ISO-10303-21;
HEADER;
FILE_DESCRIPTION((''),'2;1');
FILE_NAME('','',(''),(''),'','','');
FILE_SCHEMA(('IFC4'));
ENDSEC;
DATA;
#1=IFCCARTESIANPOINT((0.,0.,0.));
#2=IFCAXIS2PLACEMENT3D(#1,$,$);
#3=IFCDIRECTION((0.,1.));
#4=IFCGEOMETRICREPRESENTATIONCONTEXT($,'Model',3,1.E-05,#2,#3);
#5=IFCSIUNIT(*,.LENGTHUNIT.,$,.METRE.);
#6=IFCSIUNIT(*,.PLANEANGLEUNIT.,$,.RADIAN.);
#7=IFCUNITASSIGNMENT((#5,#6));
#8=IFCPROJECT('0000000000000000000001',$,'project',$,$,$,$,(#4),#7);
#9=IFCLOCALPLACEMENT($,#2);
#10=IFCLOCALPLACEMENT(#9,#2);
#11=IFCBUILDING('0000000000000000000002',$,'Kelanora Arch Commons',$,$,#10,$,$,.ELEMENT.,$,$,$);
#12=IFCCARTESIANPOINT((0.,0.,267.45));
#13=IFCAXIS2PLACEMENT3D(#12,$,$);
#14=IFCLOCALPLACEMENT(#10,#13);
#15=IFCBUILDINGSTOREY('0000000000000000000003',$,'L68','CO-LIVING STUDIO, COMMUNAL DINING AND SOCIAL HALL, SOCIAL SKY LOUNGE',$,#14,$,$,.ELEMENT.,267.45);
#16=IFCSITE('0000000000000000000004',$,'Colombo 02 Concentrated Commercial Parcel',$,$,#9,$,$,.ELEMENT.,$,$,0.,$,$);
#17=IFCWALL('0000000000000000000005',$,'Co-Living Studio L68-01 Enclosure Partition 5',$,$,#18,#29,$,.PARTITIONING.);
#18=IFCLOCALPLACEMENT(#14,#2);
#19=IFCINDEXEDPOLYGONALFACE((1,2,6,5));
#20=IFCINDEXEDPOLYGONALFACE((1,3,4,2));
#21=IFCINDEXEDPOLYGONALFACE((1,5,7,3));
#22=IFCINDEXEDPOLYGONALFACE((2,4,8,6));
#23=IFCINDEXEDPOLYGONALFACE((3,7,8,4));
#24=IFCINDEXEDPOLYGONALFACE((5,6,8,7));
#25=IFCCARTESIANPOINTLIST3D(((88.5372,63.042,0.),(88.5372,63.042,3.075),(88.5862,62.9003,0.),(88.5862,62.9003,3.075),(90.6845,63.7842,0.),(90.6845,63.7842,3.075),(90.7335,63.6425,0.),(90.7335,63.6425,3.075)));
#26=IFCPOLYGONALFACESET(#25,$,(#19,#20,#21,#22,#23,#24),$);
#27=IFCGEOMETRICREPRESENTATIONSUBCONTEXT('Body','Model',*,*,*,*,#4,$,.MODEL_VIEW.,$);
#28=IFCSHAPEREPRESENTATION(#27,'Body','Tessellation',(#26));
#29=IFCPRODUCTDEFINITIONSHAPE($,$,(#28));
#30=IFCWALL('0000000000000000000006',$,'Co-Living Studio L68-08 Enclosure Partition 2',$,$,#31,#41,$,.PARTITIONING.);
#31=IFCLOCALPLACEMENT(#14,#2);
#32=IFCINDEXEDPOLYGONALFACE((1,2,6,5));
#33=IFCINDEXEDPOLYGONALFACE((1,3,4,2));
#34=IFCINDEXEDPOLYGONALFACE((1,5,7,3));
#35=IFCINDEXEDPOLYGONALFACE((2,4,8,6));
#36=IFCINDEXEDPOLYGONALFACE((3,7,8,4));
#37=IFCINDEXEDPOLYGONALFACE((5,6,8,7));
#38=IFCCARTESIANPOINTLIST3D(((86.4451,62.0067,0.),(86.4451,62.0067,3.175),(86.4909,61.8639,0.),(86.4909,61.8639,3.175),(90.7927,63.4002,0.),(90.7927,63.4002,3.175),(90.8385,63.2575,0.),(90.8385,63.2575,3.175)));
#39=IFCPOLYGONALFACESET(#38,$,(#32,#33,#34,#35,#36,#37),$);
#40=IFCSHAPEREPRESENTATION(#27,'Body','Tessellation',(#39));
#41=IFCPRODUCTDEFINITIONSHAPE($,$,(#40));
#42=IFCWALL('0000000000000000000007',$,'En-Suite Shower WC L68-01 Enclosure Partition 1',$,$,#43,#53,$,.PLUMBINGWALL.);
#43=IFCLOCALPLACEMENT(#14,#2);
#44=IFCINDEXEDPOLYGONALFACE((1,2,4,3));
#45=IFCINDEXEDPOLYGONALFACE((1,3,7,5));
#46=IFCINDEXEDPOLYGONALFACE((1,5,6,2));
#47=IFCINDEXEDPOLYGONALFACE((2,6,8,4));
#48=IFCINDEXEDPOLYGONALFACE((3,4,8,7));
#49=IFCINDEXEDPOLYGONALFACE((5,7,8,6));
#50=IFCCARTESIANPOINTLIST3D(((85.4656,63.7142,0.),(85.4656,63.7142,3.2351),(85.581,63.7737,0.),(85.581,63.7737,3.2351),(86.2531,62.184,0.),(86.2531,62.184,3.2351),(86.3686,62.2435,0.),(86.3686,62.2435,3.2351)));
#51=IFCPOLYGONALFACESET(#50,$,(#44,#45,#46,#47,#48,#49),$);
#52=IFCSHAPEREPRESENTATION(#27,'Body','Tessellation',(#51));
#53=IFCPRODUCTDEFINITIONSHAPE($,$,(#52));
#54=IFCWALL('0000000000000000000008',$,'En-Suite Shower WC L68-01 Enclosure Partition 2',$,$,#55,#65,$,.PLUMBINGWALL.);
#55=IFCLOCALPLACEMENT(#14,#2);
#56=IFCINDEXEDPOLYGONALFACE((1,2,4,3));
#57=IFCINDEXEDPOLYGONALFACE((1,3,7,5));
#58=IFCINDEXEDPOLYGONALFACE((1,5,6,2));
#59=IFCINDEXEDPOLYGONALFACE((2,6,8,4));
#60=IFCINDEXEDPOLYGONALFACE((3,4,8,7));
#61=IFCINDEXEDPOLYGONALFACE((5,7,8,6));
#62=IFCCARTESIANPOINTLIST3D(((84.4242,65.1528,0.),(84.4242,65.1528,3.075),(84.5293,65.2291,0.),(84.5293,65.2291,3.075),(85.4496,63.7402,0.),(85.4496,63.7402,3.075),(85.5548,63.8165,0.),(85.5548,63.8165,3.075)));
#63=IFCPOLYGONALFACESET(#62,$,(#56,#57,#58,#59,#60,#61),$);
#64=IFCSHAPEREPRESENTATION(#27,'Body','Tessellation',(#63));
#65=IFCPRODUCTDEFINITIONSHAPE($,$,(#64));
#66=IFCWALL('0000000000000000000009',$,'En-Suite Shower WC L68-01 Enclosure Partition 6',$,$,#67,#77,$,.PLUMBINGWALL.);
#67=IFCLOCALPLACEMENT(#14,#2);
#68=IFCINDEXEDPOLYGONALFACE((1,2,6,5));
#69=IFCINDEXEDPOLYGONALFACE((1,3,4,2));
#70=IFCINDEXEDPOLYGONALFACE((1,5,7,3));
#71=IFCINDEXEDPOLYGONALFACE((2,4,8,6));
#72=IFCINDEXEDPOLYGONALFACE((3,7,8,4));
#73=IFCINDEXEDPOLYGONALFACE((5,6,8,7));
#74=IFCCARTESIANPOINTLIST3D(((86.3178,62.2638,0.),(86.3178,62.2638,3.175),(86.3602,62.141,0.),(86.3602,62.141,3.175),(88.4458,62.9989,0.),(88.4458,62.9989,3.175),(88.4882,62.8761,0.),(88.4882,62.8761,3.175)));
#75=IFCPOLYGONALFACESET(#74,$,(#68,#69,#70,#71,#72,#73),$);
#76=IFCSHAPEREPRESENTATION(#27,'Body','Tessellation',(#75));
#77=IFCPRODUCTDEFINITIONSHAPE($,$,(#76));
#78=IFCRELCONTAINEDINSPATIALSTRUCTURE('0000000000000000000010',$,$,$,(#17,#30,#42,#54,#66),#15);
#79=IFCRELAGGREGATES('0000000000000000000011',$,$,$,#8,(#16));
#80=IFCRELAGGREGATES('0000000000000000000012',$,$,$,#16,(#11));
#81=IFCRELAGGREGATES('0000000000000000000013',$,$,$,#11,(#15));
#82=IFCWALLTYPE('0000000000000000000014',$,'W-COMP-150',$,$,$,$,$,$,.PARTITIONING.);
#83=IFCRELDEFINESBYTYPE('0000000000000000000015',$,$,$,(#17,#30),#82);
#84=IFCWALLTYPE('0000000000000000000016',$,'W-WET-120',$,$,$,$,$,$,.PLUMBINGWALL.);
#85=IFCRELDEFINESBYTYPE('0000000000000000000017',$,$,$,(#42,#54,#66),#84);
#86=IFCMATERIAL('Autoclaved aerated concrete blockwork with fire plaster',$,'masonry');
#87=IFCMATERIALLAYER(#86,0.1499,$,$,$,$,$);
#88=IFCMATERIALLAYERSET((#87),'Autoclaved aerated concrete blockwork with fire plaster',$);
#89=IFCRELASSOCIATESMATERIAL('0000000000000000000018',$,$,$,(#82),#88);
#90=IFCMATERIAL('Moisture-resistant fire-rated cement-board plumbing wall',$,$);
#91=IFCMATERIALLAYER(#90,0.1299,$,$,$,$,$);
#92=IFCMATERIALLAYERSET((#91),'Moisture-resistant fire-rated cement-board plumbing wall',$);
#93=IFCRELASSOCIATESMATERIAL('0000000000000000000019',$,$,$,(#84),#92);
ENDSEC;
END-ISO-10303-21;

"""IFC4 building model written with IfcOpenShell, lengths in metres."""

from ifc_helpers import new_model, si_unit, direction, frame, frame_2d, origin, place, context, subcontext, project, spatial, rectangle, extrude, material, layer, layer_set, type_object, element, save


model = new_model("IFC4")

# Units and contexts
model_context = context("Model", 3, precision=1e-05, world=origin(), true_north=direction((0.0, 1.0)))
body_context = subcontext(model_context, "Body", "Model", "MODEL_VIEW")
ifc_project = project(units=[si_unit("LENGTHUNIT", "METRE"), si_unit("PLANEANGLEUNIT", "RADIAN")], contexts=[model_context])

# Site, building, storey
site_placement = place(None, origin())
site = spatial("IfcSite", under=ifc_project, at=site_placement, Name="Colombo 02 Concentrated Commercial Parcel", CompositionType="ELEMENT", RefElevation=0.0)
building_placement = place(site_placement, origin())
building = spatial("IfcBuilding", under=site, at=building_placement, Name="Kelanora Arch Commons", CompositionType="ELEMENT")
storey_placement = place(building_placement, frame((0.0, 0.0, 267.45)))
storey = spatial("IfcBuildingStorey", under=building, at=storey_placement, Name="L68", Description="CO-LIVING STUDIO, COMMUNAL DINING AND SOCIAL HALL, SOCIAL SKY LOUNGE", CompositionType="ELEMENT", Elevation=267.45)

# Walls
ifc_material_1 = material(Name="Autoclaved aerated concrete blockwork with fire plaster", Category="masonry")
ifc_layer_1 = layer(ifc_material_1, 0.1499)
ifc_layer_set_1 = layer_set([ifc_layer_1], Name="Autoclaved aerated concrete blockwork with fire plaster")
wall_type_1 = type_object("IfcWallType", Name="W-COMP-150", PredefinedType="PARTITIONING", material=ifc_layer_set_1)
wall_1_placement = place(storey_placement, frame((90.709, 63.7134, 0.0), z_axis=(0.0, 0.0, 1.0), x_axis=(-0.945133, -0.326686, 0.0)))
element("IfcWall", 1, at=wall_1_placement, inside=storey, type_object=wall_type_1, Name="Co-Living Studio L68-01 Enclosure Partition 5", PredefinedType="PARTITIONING", context=body_context, shape_type="SweptSolid", body=[
    extrude(rectangle(XDim=2.272, YDim=0.1499, at=frame_2d((1.136, 0.0))), origin(), (0.0, 0.0, 1.0), 3.075),
])
wall_2_placement = place(storey_placement, frame((86.468, 61.9353, 0.0), z_axis=(0.0, 0.0, 1.0), x_axis=(0.952278, 0.305234, 0.0)))
element("IfcWall", 2, at=wall_2_placement, inside=storey, type_object=wall_type_1, Name="Co-Living Studio L68-08 Enclosure Partition 2", PredefinedType="PARTITIONING", context=body_context, shape_type="SweptSolid", body=[
    extrude(rectangle(XDim=4.5654, YDim=0.1499, at=frame_2d((2.2827, 0.0))), origin(), (0.0, 0.0, 1.0), 3.175),
])
ifc_material_2 = material(Name="Moisture-resistant fire-rated cement-board plumbing wall")
ifc_layer_2 = layer(ifc_material_2, 0.1299)
ifc_layer_set_2 = layer_set([ifc_layer_2], Name="Moisture-resistant fire-rated cement-board plumbing wall")
wall_type_2 = type_object("IfcWallType", Name="W-WET-120", PredefinedType="PLUMBINGWALL", material=ifc_layer_set_2)
wall_3_placement = place(storey_placement, frame((86.3108, 62.2139, 0.0), z_axis=(0.0, 0.0, 1.0), x_axis=(-0.457624, 0.889146, 0.0)))
element("IfcWall", 3, at=wall_3_placement, inside=storey, type_object=wall_type_2, Name="En-Suite Shower WC L68-01 Enclosure Partition 1", PredefinedType="PLUMBINGWALL", context=body_context, shape_type="SweptSolid", body=[
    extrude(rectangle(XDim=1.7209, YDim=0.1299, at=frame_2d((0.8604, 0.0))), origin(), (0.0, 0.0, 1.0), 3.2351),
])
wall_4_placement = place(storey_placement, frame((85.5022, 63.7783, 0.0), z_axis=(0.0, 0.0, 1.0), x_axis=(-0.58744, 0.809268, 0.0)))
element("IfcWall", 4, at=wall_4_placement, inside=storey, type_object=wall_type_2, Name="En-Suite Shower WC L68-01 Enclosure Partition 2", PredefinedType="PLUMBINGWALL", context=body_context, shape_type="SweptSolid", body=[
    extrude(rectangle(XDim=1.7456, YDim=0.1299, at=frame_2d((0.8728, 0.0))), origin(), (0.0, 0.0, 1.0), 3.075),
])
wall_5_placement = place(storey_placement, frame((88.467, 62.9375, 0.0), z_axis=(0.0, 0.0, 1.0), x_axis=(-0.945201, -0.326489, 0.0)))
element("IfcWall", 5, at=wall_5_placement, inside=storey, type_object=wall_type_2, Name="En-Suite Shower WC L68-01 Enclosure Partition 6", PredefinedType="PLUMBINGWALL", context=body_context, shape_type="SweptSolid", body=[
    extrude(rectangle(XDim=2.2515, YDim=0.1299, at=frame_2d((1.1257, 0.0))), origin(), (0.0, 0.0, 1.0), 3.175),
])

save(model, "model.ifc")
